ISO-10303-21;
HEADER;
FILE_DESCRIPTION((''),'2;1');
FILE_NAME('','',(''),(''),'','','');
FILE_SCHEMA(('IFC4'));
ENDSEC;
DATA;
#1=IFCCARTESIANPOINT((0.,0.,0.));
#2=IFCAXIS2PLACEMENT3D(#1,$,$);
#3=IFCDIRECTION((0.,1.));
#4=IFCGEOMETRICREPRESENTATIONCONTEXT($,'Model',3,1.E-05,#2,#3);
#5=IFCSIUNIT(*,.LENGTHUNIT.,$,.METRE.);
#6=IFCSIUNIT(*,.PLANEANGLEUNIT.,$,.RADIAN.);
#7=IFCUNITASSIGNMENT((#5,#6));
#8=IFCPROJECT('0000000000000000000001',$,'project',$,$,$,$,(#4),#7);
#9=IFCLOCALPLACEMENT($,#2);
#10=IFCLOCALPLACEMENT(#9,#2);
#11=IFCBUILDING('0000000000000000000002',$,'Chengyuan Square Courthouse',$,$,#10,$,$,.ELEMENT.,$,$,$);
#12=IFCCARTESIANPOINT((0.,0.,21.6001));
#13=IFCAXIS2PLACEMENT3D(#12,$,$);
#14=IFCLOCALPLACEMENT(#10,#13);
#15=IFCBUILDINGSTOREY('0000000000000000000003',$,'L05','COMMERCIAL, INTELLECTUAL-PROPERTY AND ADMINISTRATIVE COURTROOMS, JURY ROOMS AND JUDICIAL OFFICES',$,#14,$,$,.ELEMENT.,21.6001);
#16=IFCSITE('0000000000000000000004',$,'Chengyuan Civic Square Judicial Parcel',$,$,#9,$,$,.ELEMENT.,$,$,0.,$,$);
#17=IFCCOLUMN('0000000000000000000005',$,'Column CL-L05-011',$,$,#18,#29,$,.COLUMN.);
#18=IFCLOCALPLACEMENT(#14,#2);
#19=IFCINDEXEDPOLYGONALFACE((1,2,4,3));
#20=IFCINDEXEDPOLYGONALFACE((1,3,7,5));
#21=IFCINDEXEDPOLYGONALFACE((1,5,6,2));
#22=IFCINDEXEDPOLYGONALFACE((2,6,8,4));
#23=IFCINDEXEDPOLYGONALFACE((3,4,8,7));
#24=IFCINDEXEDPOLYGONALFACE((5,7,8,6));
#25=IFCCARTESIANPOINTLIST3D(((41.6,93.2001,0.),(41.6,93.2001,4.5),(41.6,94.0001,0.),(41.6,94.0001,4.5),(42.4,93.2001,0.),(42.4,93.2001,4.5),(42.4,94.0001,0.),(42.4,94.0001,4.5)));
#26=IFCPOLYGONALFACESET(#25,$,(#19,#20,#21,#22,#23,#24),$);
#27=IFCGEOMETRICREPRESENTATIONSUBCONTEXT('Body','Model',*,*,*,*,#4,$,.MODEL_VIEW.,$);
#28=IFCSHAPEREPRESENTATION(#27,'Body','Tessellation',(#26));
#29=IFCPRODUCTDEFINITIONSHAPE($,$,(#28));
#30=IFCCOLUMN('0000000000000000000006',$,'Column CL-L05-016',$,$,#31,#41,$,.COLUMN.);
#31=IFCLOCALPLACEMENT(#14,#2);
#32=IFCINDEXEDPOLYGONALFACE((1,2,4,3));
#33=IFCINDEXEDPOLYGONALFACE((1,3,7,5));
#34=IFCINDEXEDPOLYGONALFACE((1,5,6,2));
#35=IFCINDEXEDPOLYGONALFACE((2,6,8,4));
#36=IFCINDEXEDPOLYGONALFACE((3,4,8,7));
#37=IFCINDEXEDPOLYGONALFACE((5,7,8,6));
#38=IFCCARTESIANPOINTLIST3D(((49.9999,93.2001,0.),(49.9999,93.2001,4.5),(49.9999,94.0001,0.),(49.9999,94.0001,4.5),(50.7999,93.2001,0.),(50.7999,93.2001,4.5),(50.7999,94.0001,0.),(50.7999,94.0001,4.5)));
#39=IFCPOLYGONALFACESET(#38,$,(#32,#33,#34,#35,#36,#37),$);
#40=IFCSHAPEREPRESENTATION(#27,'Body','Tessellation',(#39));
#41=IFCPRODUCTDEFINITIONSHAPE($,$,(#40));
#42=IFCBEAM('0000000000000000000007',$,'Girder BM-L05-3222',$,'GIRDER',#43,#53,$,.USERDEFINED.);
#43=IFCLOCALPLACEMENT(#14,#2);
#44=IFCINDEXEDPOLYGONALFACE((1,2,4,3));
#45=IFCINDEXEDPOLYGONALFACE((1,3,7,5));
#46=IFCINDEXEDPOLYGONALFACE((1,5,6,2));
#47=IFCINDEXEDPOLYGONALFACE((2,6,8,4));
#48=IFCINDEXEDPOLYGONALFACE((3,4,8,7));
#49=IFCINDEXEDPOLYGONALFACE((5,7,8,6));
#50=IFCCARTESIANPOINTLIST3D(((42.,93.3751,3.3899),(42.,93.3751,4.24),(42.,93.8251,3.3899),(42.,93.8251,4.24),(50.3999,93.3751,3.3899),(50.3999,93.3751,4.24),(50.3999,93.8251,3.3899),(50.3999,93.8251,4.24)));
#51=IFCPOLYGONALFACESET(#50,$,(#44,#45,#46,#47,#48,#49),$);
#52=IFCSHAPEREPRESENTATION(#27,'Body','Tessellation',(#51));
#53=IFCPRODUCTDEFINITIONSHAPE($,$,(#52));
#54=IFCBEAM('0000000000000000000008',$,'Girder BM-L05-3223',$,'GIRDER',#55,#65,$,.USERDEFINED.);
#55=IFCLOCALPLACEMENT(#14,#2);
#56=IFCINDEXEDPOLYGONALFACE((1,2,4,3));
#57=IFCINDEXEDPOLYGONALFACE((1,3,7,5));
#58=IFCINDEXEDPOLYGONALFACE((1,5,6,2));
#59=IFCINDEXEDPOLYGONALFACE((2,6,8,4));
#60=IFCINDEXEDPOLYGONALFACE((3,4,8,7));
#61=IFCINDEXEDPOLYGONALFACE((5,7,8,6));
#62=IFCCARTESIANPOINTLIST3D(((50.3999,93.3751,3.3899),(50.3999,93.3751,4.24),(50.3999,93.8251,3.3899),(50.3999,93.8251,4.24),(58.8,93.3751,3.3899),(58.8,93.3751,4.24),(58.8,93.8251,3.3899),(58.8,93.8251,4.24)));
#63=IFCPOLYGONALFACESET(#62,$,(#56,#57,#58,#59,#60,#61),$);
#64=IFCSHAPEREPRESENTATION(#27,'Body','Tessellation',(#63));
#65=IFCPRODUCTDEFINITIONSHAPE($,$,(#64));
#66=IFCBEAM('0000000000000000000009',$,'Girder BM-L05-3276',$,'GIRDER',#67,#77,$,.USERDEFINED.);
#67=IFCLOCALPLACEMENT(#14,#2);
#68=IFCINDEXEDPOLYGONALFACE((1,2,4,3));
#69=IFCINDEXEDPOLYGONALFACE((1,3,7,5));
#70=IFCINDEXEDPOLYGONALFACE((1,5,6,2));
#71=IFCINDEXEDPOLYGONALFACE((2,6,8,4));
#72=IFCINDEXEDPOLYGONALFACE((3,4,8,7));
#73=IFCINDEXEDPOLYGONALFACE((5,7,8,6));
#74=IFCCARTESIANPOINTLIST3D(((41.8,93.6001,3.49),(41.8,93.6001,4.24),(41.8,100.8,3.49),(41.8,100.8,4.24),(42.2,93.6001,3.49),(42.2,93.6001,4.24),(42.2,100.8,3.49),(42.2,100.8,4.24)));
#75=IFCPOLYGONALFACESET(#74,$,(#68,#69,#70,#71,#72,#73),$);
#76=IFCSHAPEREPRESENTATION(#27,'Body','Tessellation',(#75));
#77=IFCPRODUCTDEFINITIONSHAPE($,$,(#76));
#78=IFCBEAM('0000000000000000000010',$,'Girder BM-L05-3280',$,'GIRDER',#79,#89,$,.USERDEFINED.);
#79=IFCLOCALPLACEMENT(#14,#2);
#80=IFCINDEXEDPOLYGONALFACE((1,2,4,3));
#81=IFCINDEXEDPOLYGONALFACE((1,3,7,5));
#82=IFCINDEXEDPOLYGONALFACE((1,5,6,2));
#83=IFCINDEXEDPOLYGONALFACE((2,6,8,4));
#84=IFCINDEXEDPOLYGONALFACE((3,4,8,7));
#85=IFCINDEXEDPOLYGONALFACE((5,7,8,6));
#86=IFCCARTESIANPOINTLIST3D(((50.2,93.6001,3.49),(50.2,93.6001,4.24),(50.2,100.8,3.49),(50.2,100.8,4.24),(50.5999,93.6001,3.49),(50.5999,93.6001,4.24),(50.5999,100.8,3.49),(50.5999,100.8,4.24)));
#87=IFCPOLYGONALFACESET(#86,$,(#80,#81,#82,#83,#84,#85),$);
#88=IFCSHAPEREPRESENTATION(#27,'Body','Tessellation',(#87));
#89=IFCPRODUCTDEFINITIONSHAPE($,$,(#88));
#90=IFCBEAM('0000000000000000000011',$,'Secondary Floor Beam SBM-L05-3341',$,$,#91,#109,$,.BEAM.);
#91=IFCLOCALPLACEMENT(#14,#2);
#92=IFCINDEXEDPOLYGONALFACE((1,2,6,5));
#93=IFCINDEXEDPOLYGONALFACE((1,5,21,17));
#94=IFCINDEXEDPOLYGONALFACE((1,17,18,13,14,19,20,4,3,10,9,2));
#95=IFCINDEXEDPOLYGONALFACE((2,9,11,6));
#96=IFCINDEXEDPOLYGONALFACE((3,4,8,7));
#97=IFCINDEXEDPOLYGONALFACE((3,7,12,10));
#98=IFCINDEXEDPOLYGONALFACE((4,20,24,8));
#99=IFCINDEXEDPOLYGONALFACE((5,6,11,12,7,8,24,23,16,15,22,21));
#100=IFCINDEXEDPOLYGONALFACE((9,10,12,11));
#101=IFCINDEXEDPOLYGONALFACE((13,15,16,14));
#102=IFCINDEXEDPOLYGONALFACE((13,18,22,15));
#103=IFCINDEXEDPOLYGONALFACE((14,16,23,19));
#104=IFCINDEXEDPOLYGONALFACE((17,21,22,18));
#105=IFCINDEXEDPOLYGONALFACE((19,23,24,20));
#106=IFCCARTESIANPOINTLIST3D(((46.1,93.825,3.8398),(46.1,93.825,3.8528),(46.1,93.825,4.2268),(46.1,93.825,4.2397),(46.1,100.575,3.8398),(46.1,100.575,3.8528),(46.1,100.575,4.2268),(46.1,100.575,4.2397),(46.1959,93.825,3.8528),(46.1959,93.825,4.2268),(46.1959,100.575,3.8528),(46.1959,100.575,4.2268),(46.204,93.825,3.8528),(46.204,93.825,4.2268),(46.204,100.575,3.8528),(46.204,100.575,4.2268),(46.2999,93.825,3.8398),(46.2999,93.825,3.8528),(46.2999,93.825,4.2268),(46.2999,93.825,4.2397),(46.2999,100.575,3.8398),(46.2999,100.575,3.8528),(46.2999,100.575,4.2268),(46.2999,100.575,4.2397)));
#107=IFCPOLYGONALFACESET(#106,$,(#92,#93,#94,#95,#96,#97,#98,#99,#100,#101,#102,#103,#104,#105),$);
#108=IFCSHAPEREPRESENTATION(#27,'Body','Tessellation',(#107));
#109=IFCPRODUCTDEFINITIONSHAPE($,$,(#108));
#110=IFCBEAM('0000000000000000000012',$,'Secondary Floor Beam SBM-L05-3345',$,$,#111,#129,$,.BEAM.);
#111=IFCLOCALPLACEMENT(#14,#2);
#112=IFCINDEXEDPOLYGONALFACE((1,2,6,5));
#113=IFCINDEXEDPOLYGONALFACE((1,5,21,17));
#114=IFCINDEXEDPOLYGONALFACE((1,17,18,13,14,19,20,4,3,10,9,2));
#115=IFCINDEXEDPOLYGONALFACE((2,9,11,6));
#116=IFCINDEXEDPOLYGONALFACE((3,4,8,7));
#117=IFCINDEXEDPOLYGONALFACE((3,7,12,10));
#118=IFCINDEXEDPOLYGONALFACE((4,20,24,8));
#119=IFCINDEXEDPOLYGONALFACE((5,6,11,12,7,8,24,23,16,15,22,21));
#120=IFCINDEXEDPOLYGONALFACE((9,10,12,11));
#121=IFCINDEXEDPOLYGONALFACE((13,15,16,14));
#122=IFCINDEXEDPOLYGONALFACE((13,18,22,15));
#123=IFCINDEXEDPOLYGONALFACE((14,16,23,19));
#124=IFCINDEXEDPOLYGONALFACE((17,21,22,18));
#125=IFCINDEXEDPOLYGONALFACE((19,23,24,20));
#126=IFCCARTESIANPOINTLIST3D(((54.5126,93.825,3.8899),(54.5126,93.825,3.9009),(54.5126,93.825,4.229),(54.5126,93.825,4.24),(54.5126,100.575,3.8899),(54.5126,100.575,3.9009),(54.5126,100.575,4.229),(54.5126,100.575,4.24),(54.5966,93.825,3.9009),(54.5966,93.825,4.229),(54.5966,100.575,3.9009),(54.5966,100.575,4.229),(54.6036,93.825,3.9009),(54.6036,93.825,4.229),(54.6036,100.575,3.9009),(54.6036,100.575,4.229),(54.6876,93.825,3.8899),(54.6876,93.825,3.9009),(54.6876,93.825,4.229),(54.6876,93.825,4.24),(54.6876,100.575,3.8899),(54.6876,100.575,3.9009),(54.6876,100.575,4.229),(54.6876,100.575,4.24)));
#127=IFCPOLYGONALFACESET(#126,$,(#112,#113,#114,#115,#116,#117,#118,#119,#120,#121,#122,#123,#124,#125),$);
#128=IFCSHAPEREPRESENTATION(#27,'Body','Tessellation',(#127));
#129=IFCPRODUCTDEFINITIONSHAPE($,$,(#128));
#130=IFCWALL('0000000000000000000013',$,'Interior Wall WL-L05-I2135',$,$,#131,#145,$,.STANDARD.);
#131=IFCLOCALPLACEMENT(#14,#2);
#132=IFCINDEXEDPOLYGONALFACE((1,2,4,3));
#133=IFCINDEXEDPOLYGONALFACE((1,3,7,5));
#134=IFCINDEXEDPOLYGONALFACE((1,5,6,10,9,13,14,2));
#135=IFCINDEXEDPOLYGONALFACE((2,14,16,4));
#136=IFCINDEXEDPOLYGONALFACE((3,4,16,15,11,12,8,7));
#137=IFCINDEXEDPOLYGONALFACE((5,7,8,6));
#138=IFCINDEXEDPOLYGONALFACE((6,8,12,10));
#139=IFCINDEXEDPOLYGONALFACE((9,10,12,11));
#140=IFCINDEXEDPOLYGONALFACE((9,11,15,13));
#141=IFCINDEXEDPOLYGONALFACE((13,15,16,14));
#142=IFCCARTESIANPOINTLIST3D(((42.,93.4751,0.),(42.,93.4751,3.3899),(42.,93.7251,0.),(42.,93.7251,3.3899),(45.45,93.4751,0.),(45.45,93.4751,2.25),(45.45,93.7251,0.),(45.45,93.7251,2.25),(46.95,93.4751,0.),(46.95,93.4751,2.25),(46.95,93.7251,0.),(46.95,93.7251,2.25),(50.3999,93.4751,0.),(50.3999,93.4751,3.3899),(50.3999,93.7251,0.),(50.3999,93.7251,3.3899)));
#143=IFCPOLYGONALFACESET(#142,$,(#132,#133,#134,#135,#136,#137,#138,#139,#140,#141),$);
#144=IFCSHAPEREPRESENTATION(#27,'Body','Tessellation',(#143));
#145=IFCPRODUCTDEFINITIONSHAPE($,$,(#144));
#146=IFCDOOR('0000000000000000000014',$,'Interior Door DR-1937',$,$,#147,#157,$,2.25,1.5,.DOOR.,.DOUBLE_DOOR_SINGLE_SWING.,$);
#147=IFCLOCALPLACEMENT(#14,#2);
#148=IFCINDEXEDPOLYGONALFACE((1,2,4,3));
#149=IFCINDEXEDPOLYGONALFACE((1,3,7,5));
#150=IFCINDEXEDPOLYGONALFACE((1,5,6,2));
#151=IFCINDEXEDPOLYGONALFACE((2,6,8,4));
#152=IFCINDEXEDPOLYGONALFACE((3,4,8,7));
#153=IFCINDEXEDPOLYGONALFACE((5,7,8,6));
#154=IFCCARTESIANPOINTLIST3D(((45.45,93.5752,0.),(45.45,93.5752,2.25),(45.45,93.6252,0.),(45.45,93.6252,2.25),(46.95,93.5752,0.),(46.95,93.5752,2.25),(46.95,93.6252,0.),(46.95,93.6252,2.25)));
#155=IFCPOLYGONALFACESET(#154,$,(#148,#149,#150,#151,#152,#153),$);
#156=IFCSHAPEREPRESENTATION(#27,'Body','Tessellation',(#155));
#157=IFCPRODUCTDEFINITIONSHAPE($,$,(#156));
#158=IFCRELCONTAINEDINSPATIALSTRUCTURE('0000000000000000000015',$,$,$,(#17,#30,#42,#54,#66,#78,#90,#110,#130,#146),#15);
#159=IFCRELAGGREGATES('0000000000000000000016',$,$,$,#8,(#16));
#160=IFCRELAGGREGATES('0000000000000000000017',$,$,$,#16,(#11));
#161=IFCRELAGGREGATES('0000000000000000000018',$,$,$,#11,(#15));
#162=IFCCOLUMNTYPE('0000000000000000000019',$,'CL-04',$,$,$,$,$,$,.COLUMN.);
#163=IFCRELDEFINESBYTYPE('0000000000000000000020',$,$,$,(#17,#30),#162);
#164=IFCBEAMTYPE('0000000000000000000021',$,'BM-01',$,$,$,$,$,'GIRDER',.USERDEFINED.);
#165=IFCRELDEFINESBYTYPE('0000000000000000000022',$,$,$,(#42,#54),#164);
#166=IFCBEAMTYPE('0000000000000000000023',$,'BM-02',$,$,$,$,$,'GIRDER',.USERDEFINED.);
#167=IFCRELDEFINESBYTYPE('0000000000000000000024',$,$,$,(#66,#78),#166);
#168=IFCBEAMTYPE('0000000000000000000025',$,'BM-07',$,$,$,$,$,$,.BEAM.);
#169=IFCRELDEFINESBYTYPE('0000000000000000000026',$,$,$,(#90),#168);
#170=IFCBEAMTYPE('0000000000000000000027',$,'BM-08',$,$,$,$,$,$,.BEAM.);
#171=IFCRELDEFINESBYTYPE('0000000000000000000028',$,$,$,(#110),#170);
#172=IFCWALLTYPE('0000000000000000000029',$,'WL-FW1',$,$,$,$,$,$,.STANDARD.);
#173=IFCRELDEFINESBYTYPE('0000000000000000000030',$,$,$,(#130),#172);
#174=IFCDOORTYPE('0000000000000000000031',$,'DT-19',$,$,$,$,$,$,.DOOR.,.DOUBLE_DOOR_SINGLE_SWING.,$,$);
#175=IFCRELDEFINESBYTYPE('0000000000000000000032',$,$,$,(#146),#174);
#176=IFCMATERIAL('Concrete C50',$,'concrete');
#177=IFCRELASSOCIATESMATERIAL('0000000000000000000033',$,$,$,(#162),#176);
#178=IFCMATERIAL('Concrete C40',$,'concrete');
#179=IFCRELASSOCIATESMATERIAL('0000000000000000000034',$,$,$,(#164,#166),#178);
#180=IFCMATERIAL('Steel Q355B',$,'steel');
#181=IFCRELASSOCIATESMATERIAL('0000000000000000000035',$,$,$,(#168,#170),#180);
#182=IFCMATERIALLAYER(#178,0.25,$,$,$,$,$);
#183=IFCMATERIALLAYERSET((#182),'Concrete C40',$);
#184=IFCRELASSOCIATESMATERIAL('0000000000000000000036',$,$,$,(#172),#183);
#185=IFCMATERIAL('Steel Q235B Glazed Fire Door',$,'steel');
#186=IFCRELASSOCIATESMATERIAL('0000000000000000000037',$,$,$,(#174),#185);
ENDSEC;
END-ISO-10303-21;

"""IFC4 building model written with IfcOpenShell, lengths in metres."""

from ifc_helpers import new_model, si_unit, direction, frame, frame_2d, origin, origin_2d, place, context, subcontext, project, spatial, rectangle, i_section, extrude, material, layer, layer_set, material_profile, profile_set, type_object, element, fill, save


model = new_model("IFC4")

# Units and contexts
model_context = context("Model", 3, precision=1e-05, world=origin(), true_north=direction((0.0, 1.0)))
body_context = subcontext(model_context, "Body", "Model", "MODEL_VIEW")
ifc_project = project(units=[si_unit("LENGTHUNIT", "METRE"), si_unit("PLANEANGLEUNIT", "RADIAN")], contexts=[model_context])

# Site, building, storey
site_placement = place(None, origin())
site = spatial("IfcSite", under=ifc_project, at=site_placement, Name="Chengyuan Civic Square Judicial Parcel", CompositionType="ELEMENT", RefElevation=0.0)
building_placement = place(site_placement, origin())
building = spatial("IfcBuilding", under=site, at=building_placement, Name="Chengyuan Square Courthouse", CompositionType="ELEMENT")
storey_placement = place(building_placement, frame((0.0, 0.0, 21.6001)))
storey = spatial("IfcBuildingStorey", under=building, at=storey_placement, Name="L05", Description="COMMERCIAL, INTELLECTUAL-PROPERTY AND ADMINISTRATIVE COURTROOMS, JURY ROOMS AND JUDICIAL OFFICES", CompositionType="ELEMENT", Elevation=21.6001)

# Columns
ifc_material_1 = material(Name="Concrete C50", Category="concrete")
ifc_material_profile_1 = material_profile(ifc_material_1, rectangle(XDim=0.8, YDim=0.8, at=origin_2d()), Name="RC-COL-800x800")
ifc_profile_set_1 = profile_set([ifc_material_profile_1], Name="Concrete C50")
column_type = type_object("IfcColumnType", Name="CL-04", PredefinedType="COLUMN", material=ifc_profile_set_1)
for number, where, z_axis, x_axis, name in (
    (1, (42.0, 93.6001, 0.0), (0.0, 0.0, 1.0), (1.0, 0.0, 0.0), "Column CL-L05-011"),
    (2, (50.3999, 93.6001, 0.0), (0.0, 0.0, 1.0), (1.0, 0.0, 0.0), "Column CL-L05-016"),
):
    element("IfcColumn", number, at=place(storey_placement, frame(where, z_axis=z_axis, x_axis=x_axis)), inside=storey, type_object=column_type, Name=name, PredefinedType="COLUMN", context=body_context, shape_type="SweptSolid", body=[
        extrude(rectangle(XDim=0.8, YDim=0.8, at=origin_2d()), origin(), (0.0, 0.0, 1.0), 4.5),
    ])

# Beams
ifc_material_2 = material(Name="Concrete C40", Category="concrete")
ifc_material_profile_2 = material_profile(ifc_material_2, rectangle(XDim=0.45, YDim=0.8501, at=origin_2d()), Name="RC-BM-450x850")
ifc_profile_set_2 = profile_set([ifc_material_profile_2], Name="Concrete C40")
beam_type_1 = type_object("IfcBeamType", Name="BM-01", ElementType="GIRDER", PredefinedType="USERDEFINED", material=ifc_profile_set_2)
beam_1_placement = place(storey_placement, frame((42.0, 93.6001, 3.8149), z_axis=(1.0, 0.0, 0.0), x_axis=(0.0, 1.0, 0.0)))
element("IfcBeam", 3, at=beam_1_placement, inside=storey, type_object=beam_type_1, Name="Girder BM-L05-3222", ObjectType="GIRDER", PredefinedType="USERDEFINED", context=body_context, shape_type="SweptSolid", body=[
    extrude(rectangle(XDim=0.45, YDim=0.8501, at=origin_2d()), origin(), (0.0, 0.0, 1.0), 8.3999),
])
beam_2_placement = place(storey_placement, frame((50.3999, 93.6001, 3.8149), z_axis=(1.0, 0.0, 0.0), x_axis=(0.0, 1.0, 0.0)))
element("IfcBeam", 4, at=beam_2_placement, inside=storey, type_object=beam_type_1, Name="Girder BM-L05-3223", ObjectType="GIRDER", PredefinedType="USERDEFINED", context=body_context, shape_type="SweptSolid", body=[
    extrude(rectangle(XDim=0.45, YDim=0.8501, at=origin_2d()), origin(), (0.0, 0.0, 1.0), 8.4001),
])
ifc_material_profile_3 = material_profile(ifc_material_2, rectangle(XDim=0.3999, YDim=0.75, at=origin_2d()), Name="RC-BM-400x750")
ifc_profile_set_3 = profile_set([ifc_material_profile_3], Name="Concrete C40")
beam_type_2 = type_object("IfcBeamType", Name="BM-02", ElementType="GIRDER", PredefinedType="USERDEFINED", material=ifc_profile_set_3)
for number, where, z_axis, x_axis, name in (
    (5, (42.0, 93.6001, 3.865), (0.0, 1.0, 0.0), (-1.0, 0.0, 0.0), "Girder BM-L05-3276"),
    (6, (50.3999, 93.6001, 3.865), (0.0, 1.0, 0.0), (-1.0, 0.0, 0.0), "Girder BM-L05-3280"),
):
    element("IfcBeam", number, at=place(storey_placement, frame(where, z_axis=z_axis, x_axis=x_axis)), inside=storey, type_object=beam_type_2, Name=name, ObjectType="GIRDER", PredefinedType="USERDEFINED", context=body_context, shape_type="SweptSolid", body=[
        extrude(rectangle(XDim=0.3999, YDim=0.75, at=origin_2d()), origin(), (0.0, 0.0, 1.0), 7.2),
    ])
ifc_material_3 = material(Name="Steel Q355B", Category="steel")
ifc_material_profile_4 = material_profile(ifc_material_3, i_section(OverallWidth=0.2, OverallDepth=0.3999, WebThickness=0.0081, FlangeThickness=0.0129, at=origin_2d()), Name="HN 400x200x8x13")
ifc_profile_set_4 = profile_set([ifc_material_profile_4], Name="Steel Q355B")
beam_type_3 = type_object("IfcBeamType", Name="BM-07", PredefinedType="BEAM", material=ifc_profile_set_4)
beam_3_placement = place(storey_placement, frame((46.2, 93.825, 4.0398), z_axis=(0.0, 1.0, 0.0), x_axis=(-1.0, 0.0, 0.0)))
element("IfcBeam", 7, at=beam_3_placement, inside=storey, type_object=beam_type_3, Name="Secondary Floor Beam SBM-L05-3341", PredefinedType="BEAM", context=body_context, shape_type="SweptSolid", body=[
    extrude(i_section(OverallWidth=0.2, OverallDepth=0.3999, WebThickness=0.0081, FlangeThickness=0.0129, at=origin_2d()), origin(), (0.0, 0.0, 1.0), 6.75),
])
ifc_material_profile_5 = material_profile(ifc_material_3, i_section(OverallWidth=0.175, OverallDepth=0.3501, WebThickness=0.0071, FlangeThickness=0.011, at=origin_2d()), Name="HN 350x175x7x11")
ifc_profile_set_5 = profile_set([ifc_material_profile_5], Name="Steel Q355B")
beam_type_4 = type_object("IfcBeamType", Name="BM-08", PredefinedType="BEAM", material=ifc_profile_set_5)
beam_4_placement = place(storey_placement, frame((54.6001, 93.825, 4.0649), z_axis=(0.0, 1.0, 0.0), x_axis=(-1.0, 0.0, 0.0)))
element("IfcBeam", 8, at=beam_4_placement, inside=storey, type_object=beam_type_4, Name="Secondary Floor Beam SBM-L05-3345", PredefinedType="BEAM", context=body_context, shape_type="SweptSolid", body=[
    extrude(i_section(OverallWidth=0.175, OverallDepth=0.3501, WebThickness=0.0071, FlangeThickness=0.011, at=origin_2d()), origin(), (0.0, 0.0, 1.0), 6.75),
])

# Wall, opening, door
ifc_layer_1 = layer(ifc_material_2, 0.25)
ifc_layer_set_1 = layer_set([ifc_layer_1], Name="Concrete C40")
wall_type_1 = type_object("IfcWallType", Name="WL-FW1", PredefinedType="STANDARD", material=ifc_layer_set_1)
wall_1_placement = place(storey_placement, frame((42.0, 93.6001, 0.0), z_axis=(0.0, 0.0, 1.0), x_axis=(1.0, 0.0, 0.0)))
wall_1 = element("IfcWall", 9, at=wall_1_placement, inside=storey, type_object=wall_type_1, Name="Interior Wall WL-L05-I2135", PredefinedType="STANDARD", context=body_context, shape_type="SweptSolid", body=[
    extrude(rectangle(XDim=8.3999, YDim=0.25, at=frame_2d((4.2, 0.0))), origin(), (0.0, 0.0, 1.0), 3.3899),
])
opening_1_placement = place(wall_1_placement, frame((3.45, 0.0, 0.0)))
opening_1 = element("IfcOpeningElement", 10, at=opening_1_placement, cuts=wall_1, PredefinedType="OPENING", context=body_context, shape_type="SweptSolid", body=[
    extrude(rectangle(XDim=1.5, YDim=2.25, at=frame_2d((0.75, 1.125))), frame((0.0, 0.137, 0.0), z_axis=(0.0, -1.0, 0.0), x_axis=(1.0, 0.0, 0.0)), (0.0, 0.0, 1.0), 0.2739),
])
ifc_material_4 = material(Name="Steel Q235B Glazed Fire Door", Category="steel")
door_type_1 = type_object("IfcDoorType", Name="DT-19", OperationType="DOUBLE_DOOR_SINGLE_SWING", PredefinedType="DOOR", material=ifc_material_4)
door_1_placement = place(opening_1_placement, frame((1.5, 0.0, 0.0), z_axis=(0.0, 0.0, 1.0), x_axis=(-1.0, 0.0, 0.0)))
door_1 = element("IfcDoor", 11, at=door_1_placement, inside=storey, type_object=door_type_1, Name="Interior Door DR-1937", OperationType="DOUBLE_DOOR_SINGLE_SWING", OverallHeight=2.25, OverallWidth=1.5, PredefinedType="DOOR", context=body_context, shape_type="SweptSolid", body=[
    extrude(rectangle(XDim=1.5, YDim=2.25, at=frame_2d((0.75, 1.125))), frame((0.0, 0.0249, 0.0), z_axis=(0.0, -1.0, 0.0), x_axis=(1.0, 0.0, 0.0)), (0.0, 0.0, 1.0), 0.05),
])
fill(opening_1, door_1)

save(model, "model.ifc")
